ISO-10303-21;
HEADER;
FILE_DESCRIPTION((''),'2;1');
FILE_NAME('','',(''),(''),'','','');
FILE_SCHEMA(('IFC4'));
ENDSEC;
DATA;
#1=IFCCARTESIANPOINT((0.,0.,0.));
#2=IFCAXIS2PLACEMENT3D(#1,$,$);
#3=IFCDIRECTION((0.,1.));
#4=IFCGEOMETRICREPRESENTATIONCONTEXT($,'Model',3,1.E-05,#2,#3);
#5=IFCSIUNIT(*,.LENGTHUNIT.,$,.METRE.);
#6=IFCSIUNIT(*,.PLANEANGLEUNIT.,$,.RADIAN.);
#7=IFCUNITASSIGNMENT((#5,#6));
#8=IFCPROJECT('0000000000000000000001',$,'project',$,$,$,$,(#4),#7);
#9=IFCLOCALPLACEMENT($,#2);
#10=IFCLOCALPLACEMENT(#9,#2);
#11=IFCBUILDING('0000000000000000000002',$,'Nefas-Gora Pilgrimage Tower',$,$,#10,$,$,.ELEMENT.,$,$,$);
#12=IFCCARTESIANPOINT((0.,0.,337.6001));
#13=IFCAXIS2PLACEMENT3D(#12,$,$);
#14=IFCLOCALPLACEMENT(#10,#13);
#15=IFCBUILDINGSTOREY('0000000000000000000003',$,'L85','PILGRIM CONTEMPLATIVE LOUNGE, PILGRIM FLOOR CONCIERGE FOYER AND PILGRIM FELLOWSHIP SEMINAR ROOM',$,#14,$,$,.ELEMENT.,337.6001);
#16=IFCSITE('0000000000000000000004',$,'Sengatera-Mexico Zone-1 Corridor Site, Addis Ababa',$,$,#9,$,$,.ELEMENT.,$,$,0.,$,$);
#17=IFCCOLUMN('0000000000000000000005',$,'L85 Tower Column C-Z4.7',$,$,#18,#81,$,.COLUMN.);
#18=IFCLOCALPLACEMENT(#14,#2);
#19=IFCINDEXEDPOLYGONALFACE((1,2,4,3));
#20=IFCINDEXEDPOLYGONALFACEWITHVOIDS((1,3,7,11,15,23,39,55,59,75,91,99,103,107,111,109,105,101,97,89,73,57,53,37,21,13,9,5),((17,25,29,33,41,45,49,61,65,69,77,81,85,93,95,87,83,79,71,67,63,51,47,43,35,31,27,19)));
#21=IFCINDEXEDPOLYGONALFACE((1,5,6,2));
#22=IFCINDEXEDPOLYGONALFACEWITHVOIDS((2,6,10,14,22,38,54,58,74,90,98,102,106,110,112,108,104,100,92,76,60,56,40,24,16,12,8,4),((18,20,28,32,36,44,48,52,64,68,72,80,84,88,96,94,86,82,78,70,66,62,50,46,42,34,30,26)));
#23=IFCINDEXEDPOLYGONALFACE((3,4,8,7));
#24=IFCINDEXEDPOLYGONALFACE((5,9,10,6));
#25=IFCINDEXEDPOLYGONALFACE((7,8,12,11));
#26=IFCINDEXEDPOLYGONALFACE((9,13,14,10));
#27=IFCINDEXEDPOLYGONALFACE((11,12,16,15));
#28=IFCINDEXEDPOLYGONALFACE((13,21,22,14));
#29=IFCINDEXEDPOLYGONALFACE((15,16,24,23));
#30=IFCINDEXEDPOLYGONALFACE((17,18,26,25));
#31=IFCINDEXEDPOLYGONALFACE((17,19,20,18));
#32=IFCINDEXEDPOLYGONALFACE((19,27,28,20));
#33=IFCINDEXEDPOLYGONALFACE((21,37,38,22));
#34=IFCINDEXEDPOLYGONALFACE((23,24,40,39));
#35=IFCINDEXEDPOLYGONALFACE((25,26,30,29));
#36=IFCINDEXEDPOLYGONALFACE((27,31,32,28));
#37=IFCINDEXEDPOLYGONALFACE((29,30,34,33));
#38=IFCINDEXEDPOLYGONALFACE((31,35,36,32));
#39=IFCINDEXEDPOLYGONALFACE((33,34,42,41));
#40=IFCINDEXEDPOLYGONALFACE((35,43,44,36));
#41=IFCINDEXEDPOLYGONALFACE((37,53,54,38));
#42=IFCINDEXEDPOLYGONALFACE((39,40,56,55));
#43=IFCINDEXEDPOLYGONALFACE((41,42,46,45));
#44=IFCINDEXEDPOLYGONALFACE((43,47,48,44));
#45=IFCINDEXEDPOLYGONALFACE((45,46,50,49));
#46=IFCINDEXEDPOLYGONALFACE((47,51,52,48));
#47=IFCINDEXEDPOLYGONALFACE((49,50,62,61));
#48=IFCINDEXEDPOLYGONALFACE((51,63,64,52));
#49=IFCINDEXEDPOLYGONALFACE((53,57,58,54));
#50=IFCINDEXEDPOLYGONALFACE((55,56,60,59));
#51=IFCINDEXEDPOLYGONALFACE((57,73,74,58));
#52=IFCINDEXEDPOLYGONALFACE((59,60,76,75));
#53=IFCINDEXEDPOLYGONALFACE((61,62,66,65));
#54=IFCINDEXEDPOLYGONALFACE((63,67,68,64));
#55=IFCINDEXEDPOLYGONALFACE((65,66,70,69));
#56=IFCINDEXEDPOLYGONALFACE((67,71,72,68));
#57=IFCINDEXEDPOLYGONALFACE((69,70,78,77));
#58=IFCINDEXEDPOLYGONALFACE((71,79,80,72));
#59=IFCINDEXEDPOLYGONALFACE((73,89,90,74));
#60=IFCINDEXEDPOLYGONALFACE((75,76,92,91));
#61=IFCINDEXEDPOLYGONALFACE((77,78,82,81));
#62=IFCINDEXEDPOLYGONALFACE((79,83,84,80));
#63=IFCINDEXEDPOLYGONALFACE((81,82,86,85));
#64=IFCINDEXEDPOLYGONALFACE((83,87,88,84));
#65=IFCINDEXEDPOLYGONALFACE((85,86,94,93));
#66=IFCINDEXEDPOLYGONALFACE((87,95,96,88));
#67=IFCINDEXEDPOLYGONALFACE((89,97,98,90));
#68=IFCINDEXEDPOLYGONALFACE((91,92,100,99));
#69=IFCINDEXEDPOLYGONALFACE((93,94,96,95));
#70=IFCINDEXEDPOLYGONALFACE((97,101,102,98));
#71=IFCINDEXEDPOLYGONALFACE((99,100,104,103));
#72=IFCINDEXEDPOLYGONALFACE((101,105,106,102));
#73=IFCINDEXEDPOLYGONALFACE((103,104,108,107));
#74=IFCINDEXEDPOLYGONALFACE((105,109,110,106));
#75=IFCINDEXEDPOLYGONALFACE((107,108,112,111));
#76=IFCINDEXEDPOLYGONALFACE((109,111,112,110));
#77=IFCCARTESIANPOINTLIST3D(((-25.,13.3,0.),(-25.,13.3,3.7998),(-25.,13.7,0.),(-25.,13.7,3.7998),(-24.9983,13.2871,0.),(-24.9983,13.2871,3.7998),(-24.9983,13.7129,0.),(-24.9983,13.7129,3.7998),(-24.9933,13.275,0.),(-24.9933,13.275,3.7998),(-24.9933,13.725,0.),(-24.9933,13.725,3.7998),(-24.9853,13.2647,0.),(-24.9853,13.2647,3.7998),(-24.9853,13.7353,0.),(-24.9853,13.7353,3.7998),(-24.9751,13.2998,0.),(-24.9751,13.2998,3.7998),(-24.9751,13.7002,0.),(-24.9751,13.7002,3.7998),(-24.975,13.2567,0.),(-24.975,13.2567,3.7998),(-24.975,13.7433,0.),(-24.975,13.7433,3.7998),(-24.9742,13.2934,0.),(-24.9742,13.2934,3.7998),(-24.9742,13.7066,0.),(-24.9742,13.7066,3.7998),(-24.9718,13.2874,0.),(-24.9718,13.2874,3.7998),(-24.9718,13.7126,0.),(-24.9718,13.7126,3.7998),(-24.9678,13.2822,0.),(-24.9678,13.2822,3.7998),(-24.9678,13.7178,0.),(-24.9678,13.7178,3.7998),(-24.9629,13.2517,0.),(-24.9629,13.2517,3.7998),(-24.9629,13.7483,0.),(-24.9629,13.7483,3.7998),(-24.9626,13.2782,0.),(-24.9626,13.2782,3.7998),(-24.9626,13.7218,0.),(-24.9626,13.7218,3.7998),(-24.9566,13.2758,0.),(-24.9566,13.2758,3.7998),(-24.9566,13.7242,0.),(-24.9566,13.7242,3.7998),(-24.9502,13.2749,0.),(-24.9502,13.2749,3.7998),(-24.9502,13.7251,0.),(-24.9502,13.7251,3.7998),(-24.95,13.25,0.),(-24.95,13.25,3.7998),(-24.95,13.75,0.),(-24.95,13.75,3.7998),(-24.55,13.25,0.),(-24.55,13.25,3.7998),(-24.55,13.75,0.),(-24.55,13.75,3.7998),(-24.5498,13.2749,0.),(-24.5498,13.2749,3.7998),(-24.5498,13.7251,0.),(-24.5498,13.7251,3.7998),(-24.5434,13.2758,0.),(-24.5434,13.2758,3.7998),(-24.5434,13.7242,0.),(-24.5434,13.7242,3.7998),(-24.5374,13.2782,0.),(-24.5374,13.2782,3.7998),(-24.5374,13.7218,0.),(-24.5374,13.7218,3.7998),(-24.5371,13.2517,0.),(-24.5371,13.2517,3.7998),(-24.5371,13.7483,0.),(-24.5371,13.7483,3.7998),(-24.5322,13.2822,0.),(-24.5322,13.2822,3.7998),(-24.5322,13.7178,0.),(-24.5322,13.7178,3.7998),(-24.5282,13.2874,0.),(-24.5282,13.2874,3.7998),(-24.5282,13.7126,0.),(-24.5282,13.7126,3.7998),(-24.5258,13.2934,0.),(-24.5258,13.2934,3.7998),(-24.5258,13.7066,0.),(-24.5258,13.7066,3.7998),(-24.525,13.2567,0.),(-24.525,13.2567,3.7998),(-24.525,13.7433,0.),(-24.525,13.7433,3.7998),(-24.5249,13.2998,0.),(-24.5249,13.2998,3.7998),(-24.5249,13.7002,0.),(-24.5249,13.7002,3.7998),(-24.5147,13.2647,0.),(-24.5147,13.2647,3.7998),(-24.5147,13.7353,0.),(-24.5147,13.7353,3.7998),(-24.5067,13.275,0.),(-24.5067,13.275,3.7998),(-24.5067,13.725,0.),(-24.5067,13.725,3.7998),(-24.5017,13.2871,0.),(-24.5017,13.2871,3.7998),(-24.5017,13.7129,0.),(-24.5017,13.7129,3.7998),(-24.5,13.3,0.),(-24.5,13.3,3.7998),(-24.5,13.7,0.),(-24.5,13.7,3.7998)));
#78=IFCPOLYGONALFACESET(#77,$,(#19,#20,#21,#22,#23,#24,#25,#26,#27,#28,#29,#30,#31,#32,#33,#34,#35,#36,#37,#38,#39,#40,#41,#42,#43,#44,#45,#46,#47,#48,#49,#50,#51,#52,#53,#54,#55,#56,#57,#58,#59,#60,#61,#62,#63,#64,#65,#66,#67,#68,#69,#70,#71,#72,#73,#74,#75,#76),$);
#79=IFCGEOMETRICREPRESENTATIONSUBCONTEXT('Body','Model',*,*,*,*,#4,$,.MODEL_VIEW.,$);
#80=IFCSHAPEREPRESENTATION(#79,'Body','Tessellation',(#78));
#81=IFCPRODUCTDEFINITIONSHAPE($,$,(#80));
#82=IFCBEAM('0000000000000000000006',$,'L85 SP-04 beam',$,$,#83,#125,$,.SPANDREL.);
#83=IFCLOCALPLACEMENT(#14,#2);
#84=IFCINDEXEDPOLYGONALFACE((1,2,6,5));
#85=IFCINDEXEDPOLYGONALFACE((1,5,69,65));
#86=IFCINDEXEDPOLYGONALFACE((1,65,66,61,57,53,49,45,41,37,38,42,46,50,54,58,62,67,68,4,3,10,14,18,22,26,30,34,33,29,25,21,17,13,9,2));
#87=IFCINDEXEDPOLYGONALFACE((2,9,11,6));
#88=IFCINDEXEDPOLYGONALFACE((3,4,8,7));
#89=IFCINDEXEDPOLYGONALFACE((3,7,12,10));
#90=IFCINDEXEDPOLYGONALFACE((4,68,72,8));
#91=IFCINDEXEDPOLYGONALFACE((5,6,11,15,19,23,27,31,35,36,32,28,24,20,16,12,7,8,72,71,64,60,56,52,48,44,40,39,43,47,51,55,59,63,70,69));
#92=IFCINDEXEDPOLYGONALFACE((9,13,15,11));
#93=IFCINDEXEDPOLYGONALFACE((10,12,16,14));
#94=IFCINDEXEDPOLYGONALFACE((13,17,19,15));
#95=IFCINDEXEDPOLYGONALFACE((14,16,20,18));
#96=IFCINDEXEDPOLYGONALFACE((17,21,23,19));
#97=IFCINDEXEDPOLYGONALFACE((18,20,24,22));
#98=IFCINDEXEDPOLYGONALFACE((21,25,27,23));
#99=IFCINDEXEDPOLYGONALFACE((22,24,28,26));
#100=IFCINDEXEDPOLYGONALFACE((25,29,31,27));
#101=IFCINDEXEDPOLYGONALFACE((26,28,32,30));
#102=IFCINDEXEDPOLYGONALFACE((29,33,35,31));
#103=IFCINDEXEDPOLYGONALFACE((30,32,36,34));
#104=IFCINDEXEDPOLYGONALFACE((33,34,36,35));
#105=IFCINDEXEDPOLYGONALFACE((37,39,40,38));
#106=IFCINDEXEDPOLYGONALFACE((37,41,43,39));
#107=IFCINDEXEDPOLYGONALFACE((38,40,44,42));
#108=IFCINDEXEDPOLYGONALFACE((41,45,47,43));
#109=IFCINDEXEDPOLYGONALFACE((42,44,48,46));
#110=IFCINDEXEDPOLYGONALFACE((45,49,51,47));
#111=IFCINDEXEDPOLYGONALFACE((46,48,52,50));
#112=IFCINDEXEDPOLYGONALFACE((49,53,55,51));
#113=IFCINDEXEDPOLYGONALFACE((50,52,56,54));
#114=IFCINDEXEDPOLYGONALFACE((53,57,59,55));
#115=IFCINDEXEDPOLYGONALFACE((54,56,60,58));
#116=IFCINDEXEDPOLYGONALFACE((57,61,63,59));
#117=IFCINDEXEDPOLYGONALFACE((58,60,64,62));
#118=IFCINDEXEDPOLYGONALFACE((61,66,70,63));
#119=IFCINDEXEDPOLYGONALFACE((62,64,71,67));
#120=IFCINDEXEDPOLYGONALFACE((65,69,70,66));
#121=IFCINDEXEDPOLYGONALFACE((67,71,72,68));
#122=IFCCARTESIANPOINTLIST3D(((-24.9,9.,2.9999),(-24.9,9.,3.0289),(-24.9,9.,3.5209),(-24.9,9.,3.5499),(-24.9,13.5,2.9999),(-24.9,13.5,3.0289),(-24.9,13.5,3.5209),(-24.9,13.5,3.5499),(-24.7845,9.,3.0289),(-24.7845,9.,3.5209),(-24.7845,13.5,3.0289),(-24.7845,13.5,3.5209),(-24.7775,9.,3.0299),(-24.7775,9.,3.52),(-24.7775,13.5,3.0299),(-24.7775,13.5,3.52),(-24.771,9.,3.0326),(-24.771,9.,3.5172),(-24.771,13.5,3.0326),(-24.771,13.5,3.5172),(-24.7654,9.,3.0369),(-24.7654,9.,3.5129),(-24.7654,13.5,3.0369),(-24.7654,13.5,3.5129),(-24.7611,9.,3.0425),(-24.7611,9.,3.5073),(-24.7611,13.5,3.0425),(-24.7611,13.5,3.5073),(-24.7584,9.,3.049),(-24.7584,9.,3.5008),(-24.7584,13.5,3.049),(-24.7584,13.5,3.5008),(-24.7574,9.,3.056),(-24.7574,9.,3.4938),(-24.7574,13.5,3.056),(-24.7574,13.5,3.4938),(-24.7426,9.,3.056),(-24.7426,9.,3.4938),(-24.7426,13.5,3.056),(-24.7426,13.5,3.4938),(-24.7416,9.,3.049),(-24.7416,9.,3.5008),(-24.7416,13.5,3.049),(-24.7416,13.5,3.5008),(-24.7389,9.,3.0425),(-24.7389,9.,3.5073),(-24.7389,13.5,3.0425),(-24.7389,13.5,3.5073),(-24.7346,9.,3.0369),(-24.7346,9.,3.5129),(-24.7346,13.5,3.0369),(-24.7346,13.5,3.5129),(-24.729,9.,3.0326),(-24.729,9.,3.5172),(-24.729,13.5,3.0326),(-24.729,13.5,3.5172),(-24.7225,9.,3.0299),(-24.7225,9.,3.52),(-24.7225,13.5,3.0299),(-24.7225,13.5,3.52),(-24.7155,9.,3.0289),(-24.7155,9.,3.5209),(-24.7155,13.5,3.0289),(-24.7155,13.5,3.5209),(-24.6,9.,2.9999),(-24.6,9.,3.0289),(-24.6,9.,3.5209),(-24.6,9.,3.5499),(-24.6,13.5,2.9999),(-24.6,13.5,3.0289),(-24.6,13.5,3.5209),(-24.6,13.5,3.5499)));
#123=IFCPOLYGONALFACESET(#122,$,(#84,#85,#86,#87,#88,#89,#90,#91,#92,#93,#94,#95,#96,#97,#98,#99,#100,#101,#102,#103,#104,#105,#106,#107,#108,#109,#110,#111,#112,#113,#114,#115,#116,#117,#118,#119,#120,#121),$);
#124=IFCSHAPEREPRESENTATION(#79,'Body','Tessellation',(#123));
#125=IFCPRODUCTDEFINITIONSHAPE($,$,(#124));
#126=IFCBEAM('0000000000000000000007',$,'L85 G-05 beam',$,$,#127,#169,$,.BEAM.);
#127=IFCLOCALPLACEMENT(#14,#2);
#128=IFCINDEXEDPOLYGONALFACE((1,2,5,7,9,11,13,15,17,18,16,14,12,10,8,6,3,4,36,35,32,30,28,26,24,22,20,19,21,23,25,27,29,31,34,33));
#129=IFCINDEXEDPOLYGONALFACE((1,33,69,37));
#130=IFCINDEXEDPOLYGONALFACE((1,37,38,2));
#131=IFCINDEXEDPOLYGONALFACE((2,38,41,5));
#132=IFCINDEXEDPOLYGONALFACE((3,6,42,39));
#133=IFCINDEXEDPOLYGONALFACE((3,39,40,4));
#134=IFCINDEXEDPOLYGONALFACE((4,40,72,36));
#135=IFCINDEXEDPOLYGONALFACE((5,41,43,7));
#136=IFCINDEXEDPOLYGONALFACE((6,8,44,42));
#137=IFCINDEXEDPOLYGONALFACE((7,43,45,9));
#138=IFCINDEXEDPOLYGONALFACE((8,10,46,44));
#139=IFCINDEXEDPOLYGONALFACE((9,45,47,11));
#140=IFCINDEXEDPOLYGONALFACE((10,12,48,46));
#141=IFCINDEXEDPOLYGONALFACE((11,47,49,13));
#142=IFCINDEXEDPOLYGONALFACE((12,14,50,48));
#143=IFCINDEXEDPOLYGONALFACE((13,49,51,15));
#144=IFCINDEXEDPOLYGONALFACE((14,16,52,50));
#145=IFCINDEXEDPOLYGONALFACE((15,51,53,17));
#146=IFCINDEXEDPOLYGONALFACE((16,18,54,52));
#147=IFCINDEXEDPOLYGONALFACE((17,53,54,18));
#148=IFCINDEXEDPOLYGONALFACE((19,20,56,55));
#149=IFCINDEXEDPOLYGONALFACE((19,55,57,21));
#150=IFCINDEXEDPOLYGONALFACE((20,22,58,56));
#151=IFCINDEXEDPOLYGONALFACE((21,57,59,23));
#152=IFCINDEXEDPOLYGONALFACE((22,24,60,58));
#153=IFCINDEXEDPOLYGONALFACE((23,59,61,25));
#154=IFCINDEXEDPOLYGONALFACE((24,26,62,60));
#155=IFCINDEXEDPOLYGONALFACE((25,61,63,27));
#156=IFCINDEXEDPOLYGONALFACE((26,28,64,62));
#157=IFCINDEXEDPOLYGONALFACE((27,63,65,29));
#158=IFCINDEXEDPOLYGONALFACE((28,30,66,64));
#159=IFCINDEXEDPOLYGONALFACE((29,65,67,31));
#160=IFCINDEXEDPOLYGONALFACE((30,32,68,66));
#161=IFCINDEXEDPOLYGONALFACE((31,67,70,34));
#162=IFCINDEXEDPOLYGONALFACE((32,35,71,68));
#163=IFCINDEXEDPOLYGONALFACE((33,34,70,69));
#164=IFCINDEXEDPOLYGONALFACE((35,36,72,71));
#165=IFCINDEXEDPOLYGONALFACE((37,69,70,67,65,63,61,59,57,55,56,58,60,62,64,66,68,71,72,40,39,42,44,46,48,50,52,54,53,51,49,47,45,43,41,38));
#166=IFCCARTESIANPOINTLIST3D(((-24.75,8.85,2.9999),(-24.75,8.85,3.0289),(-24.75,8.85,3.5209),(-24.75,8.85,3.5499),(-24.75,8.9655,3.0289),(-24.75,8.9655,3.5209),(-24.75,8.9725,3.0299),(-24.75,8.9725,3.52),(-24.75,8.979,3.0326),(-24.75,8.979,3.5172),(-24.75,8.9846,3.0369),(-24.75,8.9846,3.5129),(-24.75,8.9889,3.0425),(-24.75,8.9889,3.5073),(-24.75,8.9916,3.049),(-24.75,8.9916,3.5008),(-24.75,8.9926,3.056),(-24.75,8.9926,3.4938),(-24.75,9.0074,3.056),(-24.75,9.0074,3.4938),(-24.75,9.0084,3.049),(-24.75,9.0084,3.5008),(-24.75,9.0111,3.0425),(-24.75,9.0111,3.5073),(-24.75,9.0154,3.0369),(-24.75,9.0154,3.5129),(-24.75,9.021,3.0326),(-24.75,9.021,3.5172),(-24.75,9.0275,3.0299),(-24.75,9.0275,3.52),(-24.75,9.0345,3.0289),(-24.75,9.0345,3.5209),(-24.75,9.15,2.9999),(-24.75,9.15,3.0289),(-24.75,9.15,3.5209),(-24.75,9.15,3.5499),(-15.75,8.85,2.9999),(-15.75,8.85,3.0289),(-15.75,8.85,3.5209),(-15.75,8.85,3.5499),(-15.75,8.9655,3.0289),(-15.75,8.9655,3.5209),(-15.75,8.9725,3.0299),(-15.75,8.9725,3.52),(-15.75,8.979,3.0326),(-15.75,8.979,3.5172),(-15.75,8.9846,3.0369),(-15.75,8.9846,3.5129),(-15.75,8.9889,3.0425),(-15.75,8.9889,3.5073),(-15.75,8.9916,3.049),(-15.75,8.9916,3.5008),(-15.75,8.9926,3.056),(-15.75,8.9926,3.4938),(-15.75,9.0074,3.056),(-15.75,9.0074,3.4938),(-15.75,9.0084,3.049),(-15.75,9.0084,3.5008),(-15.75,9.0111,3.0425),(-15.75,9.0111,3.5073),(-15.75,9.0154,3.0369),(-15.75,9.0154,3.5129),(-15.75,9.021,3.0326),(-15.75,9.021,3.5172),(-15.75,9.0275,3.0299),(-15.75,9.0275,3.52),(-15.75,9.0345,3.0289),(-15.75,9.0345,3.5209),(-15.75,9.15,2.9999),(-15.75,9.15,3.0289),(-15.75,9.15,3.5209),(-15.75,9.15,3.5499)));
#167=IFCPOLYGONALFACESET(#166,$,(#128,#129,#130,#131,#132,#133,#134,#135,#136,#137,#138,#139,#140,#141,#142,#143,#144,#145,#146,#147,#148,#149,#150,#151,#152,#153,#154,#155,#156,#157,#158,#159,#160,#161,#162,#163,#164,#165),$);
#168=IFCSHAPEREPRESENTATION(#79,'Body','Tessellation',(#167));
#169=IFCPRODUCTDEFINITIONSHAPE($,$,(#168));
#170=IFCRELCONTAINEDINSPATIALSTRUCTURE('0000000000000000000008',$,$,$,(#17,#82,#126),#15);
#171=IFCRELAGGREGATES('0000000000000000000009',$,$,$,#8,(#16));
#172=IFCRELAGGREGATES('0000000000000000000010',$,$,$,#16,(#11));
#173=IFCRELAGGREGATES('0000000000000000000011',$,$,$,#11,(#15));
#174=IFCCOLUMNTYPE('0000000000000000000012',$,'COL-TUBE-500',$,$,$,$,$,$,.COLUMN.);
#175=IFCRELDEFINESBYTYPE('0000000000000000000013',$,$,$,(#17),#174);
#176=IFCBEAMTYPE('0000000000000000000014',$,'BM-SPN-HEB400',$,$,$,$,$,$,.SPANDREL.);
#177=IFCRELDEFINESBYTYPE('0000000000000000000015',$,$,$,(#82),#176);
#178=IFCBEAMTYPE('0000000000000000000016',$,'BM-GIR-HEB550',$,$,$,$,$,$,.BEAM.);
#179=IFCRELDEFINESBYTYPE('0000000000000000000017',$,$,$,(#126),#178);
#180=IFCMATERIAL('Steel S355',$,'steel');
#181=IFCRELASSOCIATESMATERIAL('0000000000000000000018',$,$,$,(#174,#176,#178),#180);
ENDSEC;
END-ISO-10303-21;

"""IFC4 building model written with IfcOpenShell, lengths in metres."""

from ifc_helpers import new_model, si_unit, direction, frame, origin, origin_2d, place, context, subcontext, project, spatial, hollow_rectangle, i_section, extrude, source, transform, mapped, material, material_profile, profile_set, type_object, element, save


model = new_model("IFC4")

# Units and contexts
model_context = context("Model", 3, precision=1e-05, world=origin(), true_north=direction((0.0, 1.0)))
body_context = subcontext(model_context, "Body", "Model", "MODEL_VIEW")
ifc_project = project(units=[si_unit("LENGTHUNIT", "METRE"), si_unit("PLANEANGLEUNIT", "RADIAN")], contexts=[model_context])

# Site, building, storey
site_placement = place(None, origin())
site = spatial("IfcSite", under=ifc_project, at=site_placement, Name="Sengatera-Mexico Zone-1 Corridor Site, Addis Ababa", CompositionType="ELEMENT", RefElevation=0.0)
building_placement = place(site_placement, origin())
building = spatial("IfcBuilding", under=site, at=building_placement, Name="Nefas-Gora Pilgrimage Tower", CompositionType="ELEMENT")
storey_placement = place(building_placement, frame((0.0, 0.0, 337.6001)))
storey = spatial("IfcBuildingStorey", under=building, at=storey_placement, Name="L85", Description="PILGRIM CONTEMPLATIVE LOUNGE, PILGRIM FLOOR CONCIERGE FOYER AND PILGRIM FELLOWSHIP SEMINAR ROOM", CompositionType="ELEMENT", Elevation=337.6001)

# Column
ifc_material_1 = material(Name="Steel S355", Category="steel")
ifc_material_profile_1 = material_profile(ifc_material_1, hollow_rectangle(XDim=0.5, YDim=0.5, WallThickness=0.0249, InnerFilletRadius=0.0249, OuterFilletRadius=0.05, at=origin_2d()), Name="SHS 500x500x25")
ifc_profile_set_1 = profile_set([ifc_material_profile_1], Name="Steel S355")
column_type_1 = type_object("IfcColumnType", Name="COL-TUBE-500", PredefinedType="COLUMN", material=ifc_profile_set_1)
shared_shape_1 = source(origin(), body_context, "Body", "SweptSolid", [
    extrude(hollow_rectangle(XDim=0.5, YDim=0.5, WallThickness=0.0249, InnerFilletRadius=0.0249, OuterFilletRadius=0.05, at=origin_2d()), origin(), (0.0, 0.0, 1.0), 3.7998),
])
for number, where, z_axis, x_axis, name in (
    (1, (-24.75, 13.5, 0.0), (0.0, 0.0, 1.0), (1.0, 0.0, 0.0), "L85 Tower Column C-Z4.7"),
):
    element("IfcColumn", number, at=place(storey_placement, frame(where, z_axis=z_axis, x_axis=x_axis)), inside=storey, type_object=column_type_1, Name=name, PredefinedType="COLUMN", context=body_context, shape_type="MappedRepresentation", body=[
        mapped(shared_shape_1, transform((0.0, 0.0, 0.0), x_axis=(1.0, 0.0, 0.0), y_axis=(0.0, 1.0, 0.0), z_axis=(0.0, 0.0, 1.0), scale=1.0)),
    ])

# Beams
ifc_material_profile_2 = material_profile(ifc_material_1, i_section(OverallWidth=0.3, OverallDepth=0.55, WebThickness=0.0149, FlangeThickness=0.0291, FilletRadius=0.0271, at=origin_2d()), Name="HEB 550")
ifc_profile_set_2 = profile_set([ifc_material_profile_2], Name="Steel S355")
beam_type_1 = type_object("IfcBeamType", Name="BM-SPN-HEB400", PredefinedType="SPANDREL", material=ifc_profile_set_2)
shared_shape_2 = source(origin(), body_context, "Body", "SweptSolid", [
    extrude(i_section(OverallWidth=0.3, OverallDepth=0.55, WebThickness=0.0149, FlangeThickness=0.0291, FilletRadius=0.0271, at=origin_2d()), origin(), (0.0, 0.0, 1.0), 4.5),
])
beam_placement = place(storey_placement, frame((-24.75, 9.0, 3.2749), z_axis=(0.0, 1.0, 0.0), x_axis=(-1.0, 0.0, 0.0)))
element("IfcBeam", 2, at=beam_placement, inside=storey, type_object=beam_type_1, Name="L85 SP-04 beam", PredefinedType="SPANDREL", context=body_context, shape_type="MappedRepresentation", body=[
    mapped(shared_shape_2, transform((0.0, 0.0, 0.0), x_axis=(1.0, 0.0, 0.0), y_axis=(0.0, 1.0, 0.0), z_axis=(0.0, 0.0, 1.0), scale=1.0)),
])
ifc_material_profile_3 = material_profile(ifc_material_1, i_section(OverallWidth=0.3, OverallDepth=0.55, WebThickness=0.0149, FlangeThickness=0.0291, FilletRadius=0.0271, at=origin_2d()), Name="HEB 550")
ifc_profile_set_3 = profile_set([ifc_material_profile_3], Name="Steel S355")
beam_type_2 = type_object("IfcBeamType", Name="BM-GIR-HEB550", PredefinedType="BEAM", material=ifc_profile_set_3)
shared_shape_3 = source(origin(), body_context, "Body", "SweptSolid", [
    extrude(i_section(OverallWidth=0.3, OverallDepth=0.55, WebThickness=0.0149, FlangeThickness=0.0291, FilletRadius=0.0271, at=origin_2d()), origin(), (0.0, 0.0, 1.0), 9.0),
])
for number, where, z_axis, x_axis, name in (
    (3, (-24.75, 9.0, 3.2749), (1.0, 0.0, 0.0), (0.0, 1.0, 0.0), "L85 G-05 beam"),
):
    element("IfcBeam", number, at=place(storey_placement, frame(where, z_axis=z_axis, x_axis=x_axis)), inside=storey, type_object=beam_type_2, Name=name, PredefinedType="BEAM", context=body_context, shape_type="MappedRepresentation", body=[
        mapped(shared_shape_3, transform((0.0, 0.0, 0.0), x_axis=(1.0, 0.0, 0.0), y_axis=(0.0, 1.0, 0.0), z_axis=(0.0, 0.0, 1.0), scale=1.0)),
    ])

save(model, "model.ifc")
